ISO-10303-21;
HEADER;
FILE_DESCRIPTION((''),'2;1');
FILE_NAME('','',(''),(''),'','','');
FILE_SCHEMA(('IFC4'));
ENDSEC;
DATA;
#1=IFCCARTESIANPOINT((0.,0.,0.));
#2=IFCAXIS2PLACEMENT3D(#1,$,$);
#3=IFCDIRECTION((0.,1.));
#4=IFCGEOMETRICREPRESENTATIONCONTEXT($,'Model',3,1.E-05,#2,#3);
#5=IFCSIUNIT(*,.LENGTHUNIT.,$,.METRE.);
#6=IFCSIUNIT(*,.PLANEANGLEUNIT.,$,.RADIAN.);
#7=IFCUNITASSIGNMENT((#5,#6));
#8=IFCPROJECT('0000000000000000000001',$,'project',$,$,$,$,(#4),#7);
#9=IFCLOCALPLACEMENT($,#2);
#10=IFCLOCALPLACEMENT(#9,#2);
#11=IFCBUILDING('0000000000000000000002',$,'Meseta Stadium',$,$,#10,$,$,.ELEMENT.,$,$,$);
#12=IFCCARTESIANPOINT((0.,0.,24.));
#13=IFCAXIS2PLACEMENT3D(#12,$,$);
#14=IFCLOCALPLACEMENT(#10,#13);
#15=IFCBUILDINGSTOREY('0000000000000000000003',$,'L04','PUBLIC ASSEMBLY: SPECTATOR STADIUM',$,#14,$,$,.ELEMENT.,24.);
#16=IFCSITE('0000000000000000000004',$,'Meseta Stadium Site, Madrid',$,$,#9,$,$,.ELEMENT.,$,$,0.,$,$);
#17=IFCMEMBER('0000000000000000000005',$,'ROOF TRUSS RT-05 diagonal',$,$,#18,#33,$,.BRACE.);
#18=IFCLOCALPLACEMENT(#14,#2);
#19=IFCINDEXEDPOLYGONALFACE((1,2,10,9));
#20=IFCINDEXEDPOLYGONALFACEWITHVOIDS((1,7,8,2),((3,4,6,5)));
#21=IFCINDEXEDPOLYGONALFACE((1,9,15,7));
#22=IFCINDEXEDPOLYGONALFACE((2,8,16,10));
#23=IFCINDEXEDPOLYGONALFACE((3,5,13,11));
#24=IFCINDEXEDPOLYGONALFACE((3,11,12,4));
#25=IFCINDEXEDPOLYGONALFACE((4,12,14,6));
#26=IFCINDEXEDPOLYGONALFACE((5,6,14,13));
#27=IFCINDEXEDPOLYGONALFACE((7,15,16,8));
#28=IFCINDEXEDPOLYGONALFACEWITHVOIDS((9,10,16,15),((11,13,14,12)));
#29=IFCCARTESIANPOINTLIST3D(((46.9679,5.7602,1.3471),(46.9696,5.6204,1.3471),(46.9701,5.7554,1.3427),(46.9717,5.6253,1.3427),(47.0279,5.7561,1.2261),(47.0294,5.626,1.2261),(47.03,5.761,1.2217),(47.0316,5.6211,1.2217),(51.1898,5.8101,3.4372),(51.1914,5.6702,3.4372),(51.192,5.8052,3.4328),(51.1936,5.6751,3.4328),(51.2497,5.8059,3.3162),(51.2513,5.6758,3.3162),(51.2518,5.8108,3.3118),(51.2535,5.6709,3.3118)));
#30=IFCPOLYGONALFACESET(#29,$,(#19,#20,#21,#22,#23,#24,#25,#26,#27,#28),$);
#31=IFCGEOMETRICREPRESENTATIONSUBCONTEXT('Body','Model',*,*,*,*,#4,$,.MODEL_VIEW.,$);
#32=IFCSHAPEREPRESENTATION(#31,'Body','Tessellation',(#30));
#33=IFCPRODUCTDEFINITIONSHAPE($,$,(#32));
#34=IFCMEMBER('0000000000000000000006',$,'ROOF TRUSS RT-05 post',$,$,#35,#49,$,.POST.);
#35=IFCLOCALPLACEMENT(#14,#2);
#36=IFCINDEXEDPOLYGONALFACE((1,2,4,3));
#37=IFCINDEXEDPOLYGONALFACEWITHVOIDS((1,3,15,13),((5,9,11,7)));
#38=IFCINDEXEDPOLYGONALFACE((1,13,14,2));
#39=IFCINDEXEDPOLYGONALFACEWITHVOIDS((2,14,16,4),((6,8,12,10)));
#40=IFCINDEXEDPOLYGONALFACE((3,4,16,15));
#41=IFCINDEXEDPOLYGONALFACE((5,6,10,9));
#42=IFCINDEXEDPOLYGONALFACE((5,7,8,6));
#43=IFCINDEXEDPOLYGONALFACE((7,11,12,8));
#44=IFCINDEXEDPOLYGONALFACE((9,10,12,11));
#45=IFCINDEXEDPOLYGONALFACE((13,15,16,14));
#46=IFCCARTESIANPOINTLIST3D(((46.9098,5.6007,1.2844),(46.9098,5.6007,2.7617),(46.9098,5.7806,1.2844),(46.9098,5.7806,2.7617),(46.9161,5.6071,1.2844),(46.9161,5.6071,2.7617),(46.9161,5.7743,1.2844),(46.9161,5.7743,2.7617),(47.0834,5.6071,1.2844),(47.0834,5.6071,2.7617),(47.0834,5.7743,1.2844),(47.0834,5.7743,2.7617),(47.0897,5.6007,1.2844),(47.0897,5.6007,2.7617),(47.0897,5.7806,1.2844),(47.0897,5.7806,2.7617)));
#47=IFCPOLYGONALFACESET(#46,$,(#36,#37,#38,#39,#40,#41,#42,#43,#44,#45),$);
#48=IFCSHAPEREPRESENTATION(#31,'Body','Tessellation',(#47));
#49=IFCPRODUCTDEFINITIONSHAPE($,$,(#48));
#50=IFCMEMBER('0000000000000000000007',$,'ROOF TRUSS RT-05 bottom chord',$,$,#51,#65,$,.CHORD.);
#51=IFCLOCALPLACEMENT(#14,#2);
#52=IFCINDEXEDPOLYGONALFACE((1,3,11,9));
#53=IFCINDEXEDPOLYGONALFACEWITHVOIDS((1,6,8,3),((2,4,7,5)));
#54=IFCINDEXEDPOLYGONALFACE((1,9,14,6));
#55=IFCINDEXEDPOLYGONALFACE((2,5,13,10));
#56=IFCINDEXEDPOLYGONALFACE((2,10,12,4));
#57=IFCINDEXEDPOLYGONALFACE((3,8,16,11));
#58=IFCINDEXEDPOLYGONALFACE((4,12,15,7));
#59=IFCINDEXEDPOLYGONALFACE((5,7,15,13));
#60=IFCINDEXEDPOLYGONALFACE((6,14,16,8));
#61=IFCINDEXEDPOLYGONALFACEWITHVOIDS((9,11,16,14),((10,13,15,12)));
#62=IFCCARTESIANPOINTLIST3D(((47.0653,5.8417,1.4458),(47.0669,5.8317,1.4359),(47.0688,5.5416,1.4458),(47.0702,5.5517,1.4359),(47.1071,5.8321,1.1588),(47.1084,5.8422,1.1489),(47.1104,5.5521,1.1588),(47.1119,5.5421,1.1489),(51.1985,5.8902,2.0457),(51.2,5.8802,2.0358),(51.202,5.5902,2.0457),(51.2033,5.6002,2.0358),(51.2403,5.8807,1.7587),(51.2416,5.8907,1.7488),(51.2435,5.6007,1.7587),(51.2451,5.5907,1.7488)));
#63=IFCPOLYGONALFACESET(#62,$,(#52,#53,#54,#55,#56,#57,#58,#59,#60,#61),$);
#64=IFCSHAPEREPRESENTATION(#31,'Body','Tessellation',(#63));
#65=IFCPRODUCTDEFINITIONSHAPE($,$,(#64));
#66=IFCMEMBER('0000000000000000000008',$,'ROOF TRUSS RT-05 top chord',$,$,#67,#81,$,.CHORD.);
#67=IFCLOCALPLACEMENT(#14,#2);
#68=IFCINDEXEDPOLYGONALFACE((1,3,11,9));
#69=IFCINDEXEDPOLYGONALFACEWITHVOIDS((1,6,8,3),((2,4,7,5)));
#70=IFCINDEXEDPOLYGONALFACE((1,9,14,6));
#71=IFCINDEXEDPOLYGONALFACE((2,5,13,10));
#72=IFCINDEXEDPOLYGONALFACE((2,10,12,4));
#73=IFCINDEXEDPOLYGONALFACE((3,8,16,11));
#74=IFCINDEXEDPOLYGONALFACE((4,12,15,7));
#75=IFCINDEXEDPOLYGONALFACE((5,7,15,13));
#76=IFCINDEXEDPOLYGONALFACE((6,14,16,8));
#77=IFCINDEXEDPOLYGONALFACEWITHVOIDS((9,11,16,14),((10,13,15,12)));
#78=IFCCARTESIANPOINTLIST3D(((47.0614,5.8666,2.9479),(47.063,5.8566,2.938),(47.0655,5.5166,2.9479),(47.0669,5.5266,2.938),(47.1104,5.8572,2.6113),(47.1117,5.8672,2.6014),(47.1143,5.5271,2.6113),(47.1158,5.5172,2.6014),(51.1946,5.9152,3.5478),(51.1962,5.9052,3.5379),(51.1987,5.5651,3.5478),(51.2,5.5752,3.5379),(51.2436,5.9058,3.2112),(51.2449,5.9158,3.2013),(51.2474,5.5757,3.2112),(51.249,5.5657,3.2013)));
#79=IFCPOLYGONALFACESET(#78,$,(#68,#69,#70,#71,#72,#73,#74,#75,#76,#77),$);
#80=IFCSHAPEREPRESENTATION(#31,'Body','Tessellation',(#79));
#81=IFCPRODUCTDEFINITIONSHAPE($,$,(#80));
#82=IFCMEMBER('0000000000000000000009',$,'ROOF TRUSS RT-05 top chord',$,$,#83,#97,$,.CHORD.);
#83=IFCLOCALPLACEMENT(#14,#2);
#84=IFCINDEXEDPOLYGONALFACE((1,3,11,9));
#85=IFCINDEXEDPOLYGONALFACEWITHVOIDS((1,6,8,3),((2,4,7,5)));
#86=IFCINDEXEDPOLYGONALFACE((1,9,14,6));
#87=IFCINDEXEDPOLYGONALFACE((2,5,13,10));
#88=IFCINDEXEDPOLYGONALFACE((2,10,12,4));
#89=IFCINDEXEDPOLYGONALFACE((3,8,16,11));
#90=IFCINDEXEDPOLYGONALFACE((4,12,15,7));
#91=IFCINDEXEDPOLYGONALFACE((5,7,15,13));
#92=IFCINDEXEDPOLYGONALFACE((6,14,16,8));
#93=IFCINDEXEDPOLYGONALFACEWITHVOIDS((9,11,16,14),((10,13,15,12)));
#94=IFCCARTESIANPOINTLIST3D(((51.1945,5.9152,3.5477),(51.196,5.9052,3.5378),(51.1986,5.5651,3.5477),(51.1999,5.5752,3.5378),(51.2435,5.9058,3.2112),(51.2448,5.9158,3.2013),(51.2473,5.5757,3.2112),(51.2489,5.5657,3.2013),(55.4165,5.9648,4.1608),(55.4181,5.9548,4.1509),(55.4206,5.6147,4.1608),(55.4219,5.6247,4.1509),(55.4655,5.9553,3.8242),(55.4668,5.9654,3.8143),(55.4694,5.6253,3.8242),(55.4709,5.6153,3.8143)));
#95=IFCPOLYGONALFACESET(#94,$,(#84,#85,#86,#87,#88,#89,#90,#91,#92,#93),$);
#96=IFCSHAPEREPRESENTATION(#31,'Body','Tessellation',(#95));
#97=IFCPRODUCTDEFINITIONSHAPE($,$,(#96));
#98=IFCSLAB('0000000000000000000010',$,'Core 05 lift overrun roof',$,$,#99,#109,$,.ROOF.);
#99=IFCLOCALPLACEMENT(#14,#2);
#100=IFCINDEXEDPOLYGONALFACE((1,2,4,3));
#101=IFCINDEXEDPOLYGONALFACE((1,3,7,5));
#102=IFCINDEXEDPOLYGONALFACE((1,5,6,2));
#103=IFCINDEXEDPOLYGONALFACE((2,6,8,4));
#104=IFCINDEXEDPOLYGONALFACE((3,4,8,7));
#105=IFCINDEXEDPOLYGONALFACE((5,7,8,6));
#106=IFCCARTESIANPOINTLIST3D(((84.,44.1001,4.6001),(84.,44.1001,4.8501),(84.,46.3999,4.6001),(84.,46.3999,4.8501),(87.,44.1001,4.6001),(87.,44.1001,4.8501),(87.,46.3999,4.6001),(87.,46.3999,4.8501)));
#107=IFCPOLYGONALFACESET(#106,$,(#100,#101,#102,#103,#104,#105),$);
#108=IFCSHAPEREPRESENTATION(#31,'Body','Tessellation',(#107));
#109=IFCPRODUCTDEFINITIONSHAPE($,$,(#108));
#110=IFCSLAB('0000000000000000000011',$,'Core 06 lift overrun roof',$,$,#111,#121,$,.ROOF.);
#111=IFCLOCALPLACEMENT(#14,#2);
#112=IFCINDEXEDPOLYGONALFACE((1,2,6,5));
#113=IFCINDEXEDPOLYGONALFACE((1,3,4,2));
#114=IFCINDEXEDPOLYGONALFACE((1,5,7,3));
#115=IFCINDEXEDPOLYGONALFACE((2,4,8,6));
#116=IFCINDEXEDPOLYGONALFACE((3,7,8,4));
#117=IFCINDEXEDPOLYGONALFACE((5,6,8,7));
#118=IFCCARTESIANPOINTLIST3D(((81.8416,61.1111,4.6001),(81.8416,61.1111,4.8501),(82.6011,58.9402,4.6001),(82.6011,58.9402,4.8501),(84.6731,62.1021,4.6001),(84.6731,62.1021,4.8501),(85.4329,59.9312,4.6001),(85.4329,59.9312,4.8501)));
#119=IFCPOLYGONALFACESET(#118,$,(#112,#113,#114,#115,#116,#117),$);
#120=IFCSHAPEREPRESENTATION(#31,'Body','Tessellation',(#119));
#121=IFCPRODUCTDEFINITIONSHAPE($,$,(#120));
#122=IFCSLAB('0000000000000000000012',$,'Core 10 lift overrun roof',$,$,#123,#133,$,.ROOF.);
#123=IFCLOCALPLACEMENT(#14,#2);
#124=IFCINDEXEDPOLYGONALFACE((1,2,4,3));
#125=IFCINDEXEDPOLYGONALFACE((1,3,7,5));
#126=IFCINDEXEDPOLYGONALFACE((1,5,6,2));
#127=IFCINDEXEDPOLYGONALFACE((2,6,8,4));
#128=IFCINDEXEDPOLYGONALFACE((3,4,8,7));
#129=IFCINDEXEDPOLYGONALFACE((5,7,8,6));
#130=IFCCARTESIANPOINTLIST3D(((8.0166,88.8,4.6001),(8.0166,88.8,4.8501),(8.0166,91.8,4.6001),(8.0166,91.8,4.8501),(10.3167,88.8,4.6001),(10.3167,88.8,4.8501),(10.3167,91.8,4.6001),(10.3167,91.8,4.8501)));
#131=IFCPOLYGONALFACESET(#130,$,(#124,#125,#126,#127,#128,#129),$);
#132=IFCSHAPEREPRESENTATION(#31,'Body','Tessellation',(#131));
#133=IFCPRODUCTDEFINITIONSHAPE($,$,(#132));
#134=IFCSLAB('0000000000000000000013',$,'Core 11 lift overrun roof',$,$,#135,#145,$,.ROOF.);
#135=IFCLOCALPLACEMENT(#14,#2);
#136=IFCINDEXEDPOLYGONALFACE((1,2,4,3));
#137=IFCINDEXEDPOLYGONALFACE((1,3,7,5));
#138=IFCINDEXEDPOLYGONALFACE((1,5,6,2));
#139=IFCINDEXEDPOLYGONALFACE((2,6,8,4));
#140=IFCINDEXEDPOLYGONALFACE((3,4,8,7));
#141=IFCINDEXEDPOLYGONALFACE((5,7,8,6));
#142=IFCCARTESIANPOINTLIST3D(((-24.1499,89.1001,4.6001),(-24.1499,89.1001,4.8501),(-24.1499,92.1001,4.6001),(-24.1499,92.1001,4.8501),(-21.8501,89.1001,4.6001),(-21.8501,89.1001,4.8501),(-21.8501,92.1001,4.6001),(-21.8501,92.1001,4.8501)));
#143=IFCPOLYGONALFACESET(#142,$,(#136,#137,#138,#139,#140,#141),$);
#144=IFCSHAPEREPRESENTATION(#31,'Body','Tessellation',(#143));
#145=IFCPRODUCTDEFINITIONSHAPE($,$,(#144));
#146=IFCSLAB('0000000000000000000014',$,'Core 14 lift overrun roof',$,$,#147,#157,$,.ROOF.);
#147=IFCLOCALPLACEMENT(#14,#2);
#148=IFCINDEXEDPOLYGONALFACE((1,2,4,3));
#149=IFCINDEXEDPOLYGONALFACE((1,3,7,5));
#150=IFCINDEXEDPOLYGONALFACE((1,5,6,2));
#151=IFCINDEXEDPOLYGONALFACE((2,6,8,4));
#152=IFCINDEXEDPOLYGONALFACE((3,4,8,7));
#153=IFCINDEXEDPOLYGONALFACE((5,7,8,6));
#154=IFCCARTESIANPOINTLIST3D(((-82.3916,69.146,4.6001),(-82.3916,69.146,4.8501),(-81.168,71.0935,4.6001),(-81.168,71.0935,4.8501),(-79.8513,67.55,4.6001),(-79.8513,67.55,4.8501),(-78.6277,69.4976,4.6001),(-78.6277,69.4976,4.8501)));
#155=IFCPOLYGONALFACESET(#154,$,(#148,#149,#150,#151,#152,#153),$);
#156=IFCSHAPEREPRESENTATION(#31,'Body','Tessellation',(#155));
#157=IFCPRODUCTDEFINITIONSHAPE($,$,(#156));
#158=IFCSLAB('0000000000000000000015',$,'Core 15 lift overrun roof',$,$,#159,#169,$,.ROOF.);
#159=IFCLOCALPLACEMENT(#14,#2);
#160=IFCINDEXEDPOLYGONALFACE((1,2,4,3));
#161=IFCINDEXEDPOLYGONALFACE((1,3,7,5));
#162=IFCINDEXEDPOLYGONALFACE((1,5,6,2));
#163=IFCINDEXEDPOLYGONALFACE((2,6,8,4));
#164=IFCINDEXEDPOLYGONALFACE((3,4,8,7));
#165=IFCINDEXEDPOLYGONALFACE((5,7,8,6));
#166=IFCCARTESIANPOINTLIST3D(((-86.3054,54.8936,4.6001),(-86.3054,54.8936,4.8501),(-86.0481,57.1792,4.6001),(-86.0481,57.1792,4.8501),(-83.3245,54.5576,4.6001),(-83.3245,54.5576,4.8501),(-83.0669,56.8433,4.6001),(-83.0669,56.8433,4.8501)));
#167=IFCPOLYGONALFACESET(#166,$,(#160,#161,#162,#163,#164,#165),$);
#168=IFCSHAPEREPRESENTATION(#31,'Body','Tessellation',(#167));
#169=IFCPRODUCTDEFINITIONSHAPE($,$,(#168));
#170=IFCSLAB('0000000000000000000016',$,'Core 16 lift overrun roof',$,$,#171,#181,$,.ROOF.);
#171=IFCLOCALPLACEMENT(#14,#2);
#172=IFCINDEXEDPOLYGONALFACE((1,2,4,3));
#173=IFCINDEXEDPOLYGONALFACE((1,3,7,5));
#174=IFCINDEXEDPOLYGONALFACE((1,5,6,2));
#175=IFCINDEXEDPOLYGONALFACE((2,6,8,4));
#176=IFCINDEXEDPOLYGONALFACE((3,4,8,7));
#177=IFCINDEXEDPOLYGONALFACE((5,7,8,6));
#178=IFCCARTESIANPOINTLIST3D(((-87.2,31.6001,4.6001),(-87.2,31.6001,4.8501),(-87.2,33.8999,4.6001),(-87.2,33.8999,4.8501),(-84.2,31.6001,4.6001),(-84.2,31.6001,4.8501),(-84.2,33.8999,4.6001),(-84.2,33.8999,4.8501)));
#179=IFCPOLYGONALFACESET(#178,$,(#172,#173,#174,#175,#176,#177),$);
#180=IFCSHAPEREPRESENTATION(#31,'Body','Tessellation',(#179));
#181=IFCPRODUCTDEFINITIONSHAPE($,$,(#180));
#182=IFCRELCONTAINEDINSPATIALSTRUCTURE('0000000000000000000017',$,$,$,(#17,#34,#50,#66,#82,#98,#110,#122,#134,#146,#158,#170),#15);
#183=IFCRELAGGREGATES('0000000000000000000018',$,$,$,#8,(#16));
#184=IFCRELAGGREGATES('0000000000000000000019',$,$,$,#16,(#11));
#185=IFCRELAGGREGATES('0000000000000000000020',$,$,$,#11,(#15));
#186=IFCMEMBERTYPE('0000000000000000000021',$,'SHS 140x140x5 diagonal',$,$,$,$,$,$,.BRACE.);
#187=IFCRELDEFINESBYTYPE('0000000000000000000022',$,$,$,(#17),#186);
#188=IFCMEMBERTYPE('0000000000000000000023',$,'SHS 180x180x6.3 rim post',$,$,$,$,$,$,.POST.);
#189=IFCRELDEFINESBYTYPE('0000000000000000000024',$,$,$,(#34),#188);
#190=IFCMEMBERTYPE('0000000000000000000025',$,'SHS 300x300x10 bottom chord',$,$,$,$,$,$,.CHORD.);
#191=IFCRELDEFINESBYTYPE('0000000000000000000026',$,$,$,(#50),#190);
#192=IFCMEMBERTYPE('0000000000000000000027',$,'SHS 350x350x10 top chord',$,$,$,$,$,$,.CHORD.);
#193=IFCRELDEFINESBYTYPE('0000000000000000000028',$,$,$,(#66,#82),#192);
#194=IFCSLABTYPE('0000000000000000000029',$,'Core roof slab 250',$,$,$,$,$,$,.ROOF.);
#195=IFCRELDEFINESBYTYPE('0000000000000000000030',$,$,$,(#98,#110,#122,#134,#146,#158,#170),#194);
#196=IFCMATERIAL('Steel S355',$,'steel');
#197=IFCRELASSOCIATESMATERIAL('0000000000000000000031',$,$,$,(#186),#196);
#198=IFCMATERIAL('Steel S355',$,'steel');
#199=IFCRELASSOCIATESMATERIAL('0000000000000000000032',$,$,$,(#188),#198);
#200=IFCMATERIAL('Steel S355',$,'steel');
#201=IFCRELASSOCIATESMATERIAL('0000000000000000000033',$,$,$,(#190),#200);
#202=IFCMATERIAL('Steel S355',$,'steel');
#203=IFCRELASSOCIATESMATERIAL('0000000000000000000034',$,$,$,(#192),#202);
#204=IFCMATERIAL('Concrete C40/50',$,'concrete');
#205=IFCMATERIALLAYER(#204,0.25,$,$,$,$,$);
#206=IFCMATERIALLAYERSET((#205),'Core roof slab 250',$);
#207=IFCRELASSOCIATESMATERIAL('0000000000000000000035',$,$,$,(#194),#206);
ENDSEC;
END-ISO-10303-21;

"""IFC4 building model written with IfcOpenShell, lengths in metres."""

from ifc_helpers import new_model, si_unit, direction, frame, origin, origin_2d, place, context, subcontext, project, spatial, polyline, hollow_rectangle, outline, extrude, material, layer, layer_set, material_profile, profile_set, type_object, element, save


model = new_model("IFC4")

# Units and contexts
model_context = context("Model", 3, precision=1e-05, world=origin(), true_north=direction((0.0, 1.0)))
body_context = subcontext(model_context, "Body", "Model", "MODEL_VIEW")
ifc_project = project(units=[si_unit("LENGTHUNIT", "METRE"), si_unit("PLANEANGLEUNIT", "RADIAN")], contexts=[model_context])

# Site, building, storey
site_placement = place(None, origin())
site = spatial("IfcSite", under=ifc_project, at=site_placement, Name="Meseta Stadium Site, Madrid", CompositionType="ELEMENT", RefElevation=0.0)
building_placement = place(site_placement, origin())
building = spatial("IfcBuilding", under=site, at=building_placement, Name="Meseta Stadium", CompositionType="ELEMENT")
storey_placement = place(building_placement, frame((0.0, 0.0, 24.0)))
storey = spatial("IfcBuildingStorey", under=building, at=storey_placement, Name="L04", Description="PUBLIC ASSEMBLY: SPECTATOR STADIUM", CompositionType="ELEMENT", Elevation=24.0)

# Members
ifc_material_1 = material(Name="Steel S355", Category="steel")
ifc_material_profile_1 = material_profile(ifc_material_1, hollow_rectangle(XDim=0.1399, YDim=0.1399, WallThickness=0.0049, at=origin_2d()), Name="SHS 140x140x5")
ifc_profile_set_1 = profile_set([ifc_material_profile_1], Name="Steel S355")
member_type_1 = type_object("IfcMemberType", Name="SHS 140x140x5 diagonal", PredefinedType="BRACE", material=ifc_profile_set_1)
member_1_placement = place(storey_placement, frame((46.9998, 5.6907, 1.2844), z_axis=(0.896142, 0.010572, 0.443641), x_axis=(-0.011796, 0.99993, 0.0)))
element("IfcMember", 1, at=member_1_placement, inside=storey, type_object=member_type_1, Name="ROOF TRUSS RT-05 diagonal", PredefinedType="BRACE", context=body_context, shape_type="SweptSolid", body=[
    extrude(hollow_rectangle(XDim=0.1399, YDim=0.1399, WallThickness=0.0049, at=origin_2d()), origin(), (0.0, 0.0, 1.0), 4.7112),
])
ifc_material_2 = material(Name="Steel S355", Category="steel")
ifc_material_profile_2 = material_profile(ifc_material_2, hollow_rectangle(XDim=0.1799, YDim=0.1799, WallThickness=0.0063, at=origin_2d()), Name="SHS 180x180x6.3")
ifc_profile_set_2 = profile_set([ifc_material_profile_2], Name="Steel S355")
member_type_2 = type_object("IfcMemberType", Name="SHS 180x180x6.3 rim post", PredefinedType="POST", material=ifc_profile_set_2)
member_2_placement = place(storey_placement, frame((46.9998, 5.6907, 1.2844), z_axis=(0.0, 0.0, 1.0), x_axis=(1.0, 0.0, 0.0)))
element("IfcMember", 2, at=member_2_placement, inside=storey, type_object=member_type_2, Name="ROOF TRUSS RT-05 post", PredefinedType="POST", context=body_context, shape_type="SweptSolid", body=[
    extrude(hollow_rectangle(XDim=0.1799, YDim=0.1799, WallThickness=0.0063, at=origin_2d()), origin(), (0.0, 0.0, 1.0), 1.4773),
])
ifc_material_3 = material(Name="Steel S355", Category="steel")
ifc_material_profile_3 = material_profile(ifc_material_3, hollow_rectangle(XDim=0.3, YDim=0.3, WallThickness=0.01, at=origin_2d()), Name="SHS 300x300x10")
ifc_profile_set_3 = profile_set([ifc_material_profile_3], Name="Steel S355")
member_type_3 = type_object("IfcMemberType", Name="SHS 300x300x10 bottom chord", PredefinedType="CHORD", material=ifc_profile_set_3)
member_3_placement = place(storey_placement, frame((47.0886, 5.6919, 1.2974), z_axis=(0.989564, 0.011632, 0.143621), x_axis=(-0.011754, 0.999931, 0.0)))
element("IfcMember", 3, at=member_3_placement, inside=storey, type_object=member_type_3, Name="ROOF TRUSS RT-05 bottom chord", PredefinedType="CHORD", context=body_context, shape_type="SweptSolid", body=[
    extrude(hollow_rectangle(XDim=0.3, YDim=0.3, WallThickness=0.01, at=origin_2d()), origin(), (0.0, 0.0, 1.0), 4.1768),
])
ifc_material_4 = material(Name="Steel S355", Category="steel")
ifc_material_profile_4 = material_profile(ifc_material_4, hollow_rectangle(XDim=0.3501, YDim=0.3501, WallThickness=0.01, at=origin_2d()), Name="SHS 350x350x10")
ifc_profile_set_4 = profile_set([ifc_material_profile_4], Name="Steel S355")
member_type_4 = type_object("IfcMemberType", Name="SHS 350x350x10 top chord", PredefinedType="CHORD", material=ifc_profile_set_4)
member_4_placement = place(storey_placement, frame((47.0886, 5.6919, 2.7747), z_axis=(0.989564, 0.011632, 0.143621), x_axis=(-0.011754, 0.999931, 0.0)))
element("IfcMember", 4, at=member_4_placement, inside=storey, type_object=member_type_4, Name="ROOF TRUSS RT-05 top chord", PredefinedType="CHORD", context=body_context, shape_type="SweptSolid", body=[
    extrude(hollow_rectangle(XDim=0.3501, YDim=0.3501, WallThickness=0.01, at=origin_2d()), origin(), (0.0, 0.0, 1.0), 4.1768),
])
member_5_placement = place(storey_placement, frame((51.2217, 5.7405, 3.3745), z_axis=(0.989555, 0.011616, 0.143687), x_axis=(-0.011738, 0.999931, 0.0)))
element("IfcMember", 5, at=member_5_placement, inside=storey, type_object=member_type_4, Name="ROOF TRUSS RT-05 top chord", PredefinedType="CHORD", context=body_context, shape_type="SweptSolid", body=[
    extrude(hollow_rectangle(XDim=0.3501, YDim=0.3501, WallThickness=0.01, at=origin_2d()), origin(), (0.0, 0.0, 1.0), 4.2666),
])

# Slabs
ifc_material_5 = material(Name="Concrete C40/50", Category="concrete")
ifc_layer_1 = layer(ifc_material_5, 0.25)
ifc_layer_set_1 = layer_set([ifc_layer_1], Name="Core roof slab 250")
slab_type_1 = type_object("IfcSlabType", Name="Core roof slab 250", PredefinedType="ROOF", material=ifc_layer_set_1)
slab_1_placement = place(storey_placement, frame((0.0, 0.0, 4.6001)))
element("IfcSlab", 6, at=slab_1_placement, inside=storey, type_object=slab_type_1, Name="Core 05 lift overrun roof", PredefinedType="ROOF", context=body_context, shape_type="SweptSolid", body=[
    extrude(outline(polyline([(87.0, 44.1001), (84.0, 44.1001), (84.0, 46.3999), (87.0, 46.3999), (87.0, 44.1001)])), origin(), (0.0, 0.0, 1.0), 0.25),
])
slab_2_placement = place(storey_placement, frame((0.0, 0.0, 4.6001)))
element("IfcSlab", 7, at=slab_2_placement, inside=storey, type_object=slab_type_1, Name="Core 06 lift overrun roof", PredefinedType="ROOF", context=body_context, shape_type="SweptSolid", body=[
    extrude(outline(polyline([(85.4329, 59.9312), (82.6011, 58.9402), (81.8416, 61.1111), (84.6731, 62.1021), (85.4329, 59.9312)])), origin(), (0.0, 0.0, 1.0), 0.25),
])
slab_3_placement = place(storey_placement, frame((0.0, 0.0, 4.6001)))
element("IfcSlab", 8, at=slab_3_placement, inside=storey, type_object=slab_type_1, Name="Core 10 lift overrun roof", PredefinedType="ROOF", context=body_context, shape_type="SweptSolid", body=[
    extrude(outline(polyline([(10.3167, 91.8), (10.3167, 88.8), (8.0166, 88.8), (8.0166, 91.8), (10.3167, 91.8)])), origin(), (0.0, 0.0, 1.0), 0.25),
])
slab_4_placement = place(storey_placement, frame((0.0, 0.0, 4.6001)))
element("IfcSlab", 9, at=slab_4_placement, inside=storey, type_object=slab_type_1, Name="Core 11 lift overrun roof", PredefinedType="ROOF", context=body_context, shape_type="SweptSolid", body=[
    extrude(outline(polyline([(-21.8501, 92.1001), (-21.8501, 89.1001), (-24.1499, 89.1001), (-24.1499, 92.1001), (-21.8501, 92.1001)])), origin(), (0.0, 0.0, 1.0), 0.25),
])
slab_5_placement = place(storey_placement, frame((0.0, 0.0, 4.6001)))
element("IfcSlab", 10, at=slab_5_placement, inside=storey, type_object=slab_type_1, Name="Core 14 lift overrun roof", PredefinedType="ROOF", context=body_context, shape_type="SweptSolid", body=[
    extrude(outline(polyline([(-81.168, 71.0935), (-78.6277, 69.4976), (-79.8513, 67.55), (-82.3916, 69.146), (-81.168, 71.0935)])), origin(), (0.0, 0.0, 1.0), 0.25),
])
slab_6_placement = place(storey_placement, frame((0.0, 0.0, 4.6001)))
element("IfcSlab", 11, at=slab_6_placement, inside=storey, type_object=slab_type_1, Name="Core 15 lift overrun roof", PredefinedType="ROOF", context=body_context, shape_type="SweptSolid", body=[
    extrude(outline(polyline([(-86.0481, 57.1792), (-83.0669, 56.8433), (-83.3245, 54.5576), (-86.3054, 54.8936), (-86.0481, 57.1792)])), origin(), (0.0, 0.0, 1.0), 0.25),
])
slab_7_placement = place(storey_placement, frame((0.0, 0.0, 4.6001)))
element("IfcSlab", 12, at=slab_7_placement, inside=storey, type_object=slab_type_1, Name="Core 16 lift overrun roof", PredefinedType="ROOF", context=body_context, shape_type="SweptSolid", body=[
    extrude(outline(polyline([(-87.2, 33.8999), (-84.2, 33.8999), (-84.2, 31.6001), (-87.2, 31.6001), (-87.2, 33.8999)])), origin(), (0.0, 0.0, 1.0), 0.25),
])

save(model, "model.ifc")
